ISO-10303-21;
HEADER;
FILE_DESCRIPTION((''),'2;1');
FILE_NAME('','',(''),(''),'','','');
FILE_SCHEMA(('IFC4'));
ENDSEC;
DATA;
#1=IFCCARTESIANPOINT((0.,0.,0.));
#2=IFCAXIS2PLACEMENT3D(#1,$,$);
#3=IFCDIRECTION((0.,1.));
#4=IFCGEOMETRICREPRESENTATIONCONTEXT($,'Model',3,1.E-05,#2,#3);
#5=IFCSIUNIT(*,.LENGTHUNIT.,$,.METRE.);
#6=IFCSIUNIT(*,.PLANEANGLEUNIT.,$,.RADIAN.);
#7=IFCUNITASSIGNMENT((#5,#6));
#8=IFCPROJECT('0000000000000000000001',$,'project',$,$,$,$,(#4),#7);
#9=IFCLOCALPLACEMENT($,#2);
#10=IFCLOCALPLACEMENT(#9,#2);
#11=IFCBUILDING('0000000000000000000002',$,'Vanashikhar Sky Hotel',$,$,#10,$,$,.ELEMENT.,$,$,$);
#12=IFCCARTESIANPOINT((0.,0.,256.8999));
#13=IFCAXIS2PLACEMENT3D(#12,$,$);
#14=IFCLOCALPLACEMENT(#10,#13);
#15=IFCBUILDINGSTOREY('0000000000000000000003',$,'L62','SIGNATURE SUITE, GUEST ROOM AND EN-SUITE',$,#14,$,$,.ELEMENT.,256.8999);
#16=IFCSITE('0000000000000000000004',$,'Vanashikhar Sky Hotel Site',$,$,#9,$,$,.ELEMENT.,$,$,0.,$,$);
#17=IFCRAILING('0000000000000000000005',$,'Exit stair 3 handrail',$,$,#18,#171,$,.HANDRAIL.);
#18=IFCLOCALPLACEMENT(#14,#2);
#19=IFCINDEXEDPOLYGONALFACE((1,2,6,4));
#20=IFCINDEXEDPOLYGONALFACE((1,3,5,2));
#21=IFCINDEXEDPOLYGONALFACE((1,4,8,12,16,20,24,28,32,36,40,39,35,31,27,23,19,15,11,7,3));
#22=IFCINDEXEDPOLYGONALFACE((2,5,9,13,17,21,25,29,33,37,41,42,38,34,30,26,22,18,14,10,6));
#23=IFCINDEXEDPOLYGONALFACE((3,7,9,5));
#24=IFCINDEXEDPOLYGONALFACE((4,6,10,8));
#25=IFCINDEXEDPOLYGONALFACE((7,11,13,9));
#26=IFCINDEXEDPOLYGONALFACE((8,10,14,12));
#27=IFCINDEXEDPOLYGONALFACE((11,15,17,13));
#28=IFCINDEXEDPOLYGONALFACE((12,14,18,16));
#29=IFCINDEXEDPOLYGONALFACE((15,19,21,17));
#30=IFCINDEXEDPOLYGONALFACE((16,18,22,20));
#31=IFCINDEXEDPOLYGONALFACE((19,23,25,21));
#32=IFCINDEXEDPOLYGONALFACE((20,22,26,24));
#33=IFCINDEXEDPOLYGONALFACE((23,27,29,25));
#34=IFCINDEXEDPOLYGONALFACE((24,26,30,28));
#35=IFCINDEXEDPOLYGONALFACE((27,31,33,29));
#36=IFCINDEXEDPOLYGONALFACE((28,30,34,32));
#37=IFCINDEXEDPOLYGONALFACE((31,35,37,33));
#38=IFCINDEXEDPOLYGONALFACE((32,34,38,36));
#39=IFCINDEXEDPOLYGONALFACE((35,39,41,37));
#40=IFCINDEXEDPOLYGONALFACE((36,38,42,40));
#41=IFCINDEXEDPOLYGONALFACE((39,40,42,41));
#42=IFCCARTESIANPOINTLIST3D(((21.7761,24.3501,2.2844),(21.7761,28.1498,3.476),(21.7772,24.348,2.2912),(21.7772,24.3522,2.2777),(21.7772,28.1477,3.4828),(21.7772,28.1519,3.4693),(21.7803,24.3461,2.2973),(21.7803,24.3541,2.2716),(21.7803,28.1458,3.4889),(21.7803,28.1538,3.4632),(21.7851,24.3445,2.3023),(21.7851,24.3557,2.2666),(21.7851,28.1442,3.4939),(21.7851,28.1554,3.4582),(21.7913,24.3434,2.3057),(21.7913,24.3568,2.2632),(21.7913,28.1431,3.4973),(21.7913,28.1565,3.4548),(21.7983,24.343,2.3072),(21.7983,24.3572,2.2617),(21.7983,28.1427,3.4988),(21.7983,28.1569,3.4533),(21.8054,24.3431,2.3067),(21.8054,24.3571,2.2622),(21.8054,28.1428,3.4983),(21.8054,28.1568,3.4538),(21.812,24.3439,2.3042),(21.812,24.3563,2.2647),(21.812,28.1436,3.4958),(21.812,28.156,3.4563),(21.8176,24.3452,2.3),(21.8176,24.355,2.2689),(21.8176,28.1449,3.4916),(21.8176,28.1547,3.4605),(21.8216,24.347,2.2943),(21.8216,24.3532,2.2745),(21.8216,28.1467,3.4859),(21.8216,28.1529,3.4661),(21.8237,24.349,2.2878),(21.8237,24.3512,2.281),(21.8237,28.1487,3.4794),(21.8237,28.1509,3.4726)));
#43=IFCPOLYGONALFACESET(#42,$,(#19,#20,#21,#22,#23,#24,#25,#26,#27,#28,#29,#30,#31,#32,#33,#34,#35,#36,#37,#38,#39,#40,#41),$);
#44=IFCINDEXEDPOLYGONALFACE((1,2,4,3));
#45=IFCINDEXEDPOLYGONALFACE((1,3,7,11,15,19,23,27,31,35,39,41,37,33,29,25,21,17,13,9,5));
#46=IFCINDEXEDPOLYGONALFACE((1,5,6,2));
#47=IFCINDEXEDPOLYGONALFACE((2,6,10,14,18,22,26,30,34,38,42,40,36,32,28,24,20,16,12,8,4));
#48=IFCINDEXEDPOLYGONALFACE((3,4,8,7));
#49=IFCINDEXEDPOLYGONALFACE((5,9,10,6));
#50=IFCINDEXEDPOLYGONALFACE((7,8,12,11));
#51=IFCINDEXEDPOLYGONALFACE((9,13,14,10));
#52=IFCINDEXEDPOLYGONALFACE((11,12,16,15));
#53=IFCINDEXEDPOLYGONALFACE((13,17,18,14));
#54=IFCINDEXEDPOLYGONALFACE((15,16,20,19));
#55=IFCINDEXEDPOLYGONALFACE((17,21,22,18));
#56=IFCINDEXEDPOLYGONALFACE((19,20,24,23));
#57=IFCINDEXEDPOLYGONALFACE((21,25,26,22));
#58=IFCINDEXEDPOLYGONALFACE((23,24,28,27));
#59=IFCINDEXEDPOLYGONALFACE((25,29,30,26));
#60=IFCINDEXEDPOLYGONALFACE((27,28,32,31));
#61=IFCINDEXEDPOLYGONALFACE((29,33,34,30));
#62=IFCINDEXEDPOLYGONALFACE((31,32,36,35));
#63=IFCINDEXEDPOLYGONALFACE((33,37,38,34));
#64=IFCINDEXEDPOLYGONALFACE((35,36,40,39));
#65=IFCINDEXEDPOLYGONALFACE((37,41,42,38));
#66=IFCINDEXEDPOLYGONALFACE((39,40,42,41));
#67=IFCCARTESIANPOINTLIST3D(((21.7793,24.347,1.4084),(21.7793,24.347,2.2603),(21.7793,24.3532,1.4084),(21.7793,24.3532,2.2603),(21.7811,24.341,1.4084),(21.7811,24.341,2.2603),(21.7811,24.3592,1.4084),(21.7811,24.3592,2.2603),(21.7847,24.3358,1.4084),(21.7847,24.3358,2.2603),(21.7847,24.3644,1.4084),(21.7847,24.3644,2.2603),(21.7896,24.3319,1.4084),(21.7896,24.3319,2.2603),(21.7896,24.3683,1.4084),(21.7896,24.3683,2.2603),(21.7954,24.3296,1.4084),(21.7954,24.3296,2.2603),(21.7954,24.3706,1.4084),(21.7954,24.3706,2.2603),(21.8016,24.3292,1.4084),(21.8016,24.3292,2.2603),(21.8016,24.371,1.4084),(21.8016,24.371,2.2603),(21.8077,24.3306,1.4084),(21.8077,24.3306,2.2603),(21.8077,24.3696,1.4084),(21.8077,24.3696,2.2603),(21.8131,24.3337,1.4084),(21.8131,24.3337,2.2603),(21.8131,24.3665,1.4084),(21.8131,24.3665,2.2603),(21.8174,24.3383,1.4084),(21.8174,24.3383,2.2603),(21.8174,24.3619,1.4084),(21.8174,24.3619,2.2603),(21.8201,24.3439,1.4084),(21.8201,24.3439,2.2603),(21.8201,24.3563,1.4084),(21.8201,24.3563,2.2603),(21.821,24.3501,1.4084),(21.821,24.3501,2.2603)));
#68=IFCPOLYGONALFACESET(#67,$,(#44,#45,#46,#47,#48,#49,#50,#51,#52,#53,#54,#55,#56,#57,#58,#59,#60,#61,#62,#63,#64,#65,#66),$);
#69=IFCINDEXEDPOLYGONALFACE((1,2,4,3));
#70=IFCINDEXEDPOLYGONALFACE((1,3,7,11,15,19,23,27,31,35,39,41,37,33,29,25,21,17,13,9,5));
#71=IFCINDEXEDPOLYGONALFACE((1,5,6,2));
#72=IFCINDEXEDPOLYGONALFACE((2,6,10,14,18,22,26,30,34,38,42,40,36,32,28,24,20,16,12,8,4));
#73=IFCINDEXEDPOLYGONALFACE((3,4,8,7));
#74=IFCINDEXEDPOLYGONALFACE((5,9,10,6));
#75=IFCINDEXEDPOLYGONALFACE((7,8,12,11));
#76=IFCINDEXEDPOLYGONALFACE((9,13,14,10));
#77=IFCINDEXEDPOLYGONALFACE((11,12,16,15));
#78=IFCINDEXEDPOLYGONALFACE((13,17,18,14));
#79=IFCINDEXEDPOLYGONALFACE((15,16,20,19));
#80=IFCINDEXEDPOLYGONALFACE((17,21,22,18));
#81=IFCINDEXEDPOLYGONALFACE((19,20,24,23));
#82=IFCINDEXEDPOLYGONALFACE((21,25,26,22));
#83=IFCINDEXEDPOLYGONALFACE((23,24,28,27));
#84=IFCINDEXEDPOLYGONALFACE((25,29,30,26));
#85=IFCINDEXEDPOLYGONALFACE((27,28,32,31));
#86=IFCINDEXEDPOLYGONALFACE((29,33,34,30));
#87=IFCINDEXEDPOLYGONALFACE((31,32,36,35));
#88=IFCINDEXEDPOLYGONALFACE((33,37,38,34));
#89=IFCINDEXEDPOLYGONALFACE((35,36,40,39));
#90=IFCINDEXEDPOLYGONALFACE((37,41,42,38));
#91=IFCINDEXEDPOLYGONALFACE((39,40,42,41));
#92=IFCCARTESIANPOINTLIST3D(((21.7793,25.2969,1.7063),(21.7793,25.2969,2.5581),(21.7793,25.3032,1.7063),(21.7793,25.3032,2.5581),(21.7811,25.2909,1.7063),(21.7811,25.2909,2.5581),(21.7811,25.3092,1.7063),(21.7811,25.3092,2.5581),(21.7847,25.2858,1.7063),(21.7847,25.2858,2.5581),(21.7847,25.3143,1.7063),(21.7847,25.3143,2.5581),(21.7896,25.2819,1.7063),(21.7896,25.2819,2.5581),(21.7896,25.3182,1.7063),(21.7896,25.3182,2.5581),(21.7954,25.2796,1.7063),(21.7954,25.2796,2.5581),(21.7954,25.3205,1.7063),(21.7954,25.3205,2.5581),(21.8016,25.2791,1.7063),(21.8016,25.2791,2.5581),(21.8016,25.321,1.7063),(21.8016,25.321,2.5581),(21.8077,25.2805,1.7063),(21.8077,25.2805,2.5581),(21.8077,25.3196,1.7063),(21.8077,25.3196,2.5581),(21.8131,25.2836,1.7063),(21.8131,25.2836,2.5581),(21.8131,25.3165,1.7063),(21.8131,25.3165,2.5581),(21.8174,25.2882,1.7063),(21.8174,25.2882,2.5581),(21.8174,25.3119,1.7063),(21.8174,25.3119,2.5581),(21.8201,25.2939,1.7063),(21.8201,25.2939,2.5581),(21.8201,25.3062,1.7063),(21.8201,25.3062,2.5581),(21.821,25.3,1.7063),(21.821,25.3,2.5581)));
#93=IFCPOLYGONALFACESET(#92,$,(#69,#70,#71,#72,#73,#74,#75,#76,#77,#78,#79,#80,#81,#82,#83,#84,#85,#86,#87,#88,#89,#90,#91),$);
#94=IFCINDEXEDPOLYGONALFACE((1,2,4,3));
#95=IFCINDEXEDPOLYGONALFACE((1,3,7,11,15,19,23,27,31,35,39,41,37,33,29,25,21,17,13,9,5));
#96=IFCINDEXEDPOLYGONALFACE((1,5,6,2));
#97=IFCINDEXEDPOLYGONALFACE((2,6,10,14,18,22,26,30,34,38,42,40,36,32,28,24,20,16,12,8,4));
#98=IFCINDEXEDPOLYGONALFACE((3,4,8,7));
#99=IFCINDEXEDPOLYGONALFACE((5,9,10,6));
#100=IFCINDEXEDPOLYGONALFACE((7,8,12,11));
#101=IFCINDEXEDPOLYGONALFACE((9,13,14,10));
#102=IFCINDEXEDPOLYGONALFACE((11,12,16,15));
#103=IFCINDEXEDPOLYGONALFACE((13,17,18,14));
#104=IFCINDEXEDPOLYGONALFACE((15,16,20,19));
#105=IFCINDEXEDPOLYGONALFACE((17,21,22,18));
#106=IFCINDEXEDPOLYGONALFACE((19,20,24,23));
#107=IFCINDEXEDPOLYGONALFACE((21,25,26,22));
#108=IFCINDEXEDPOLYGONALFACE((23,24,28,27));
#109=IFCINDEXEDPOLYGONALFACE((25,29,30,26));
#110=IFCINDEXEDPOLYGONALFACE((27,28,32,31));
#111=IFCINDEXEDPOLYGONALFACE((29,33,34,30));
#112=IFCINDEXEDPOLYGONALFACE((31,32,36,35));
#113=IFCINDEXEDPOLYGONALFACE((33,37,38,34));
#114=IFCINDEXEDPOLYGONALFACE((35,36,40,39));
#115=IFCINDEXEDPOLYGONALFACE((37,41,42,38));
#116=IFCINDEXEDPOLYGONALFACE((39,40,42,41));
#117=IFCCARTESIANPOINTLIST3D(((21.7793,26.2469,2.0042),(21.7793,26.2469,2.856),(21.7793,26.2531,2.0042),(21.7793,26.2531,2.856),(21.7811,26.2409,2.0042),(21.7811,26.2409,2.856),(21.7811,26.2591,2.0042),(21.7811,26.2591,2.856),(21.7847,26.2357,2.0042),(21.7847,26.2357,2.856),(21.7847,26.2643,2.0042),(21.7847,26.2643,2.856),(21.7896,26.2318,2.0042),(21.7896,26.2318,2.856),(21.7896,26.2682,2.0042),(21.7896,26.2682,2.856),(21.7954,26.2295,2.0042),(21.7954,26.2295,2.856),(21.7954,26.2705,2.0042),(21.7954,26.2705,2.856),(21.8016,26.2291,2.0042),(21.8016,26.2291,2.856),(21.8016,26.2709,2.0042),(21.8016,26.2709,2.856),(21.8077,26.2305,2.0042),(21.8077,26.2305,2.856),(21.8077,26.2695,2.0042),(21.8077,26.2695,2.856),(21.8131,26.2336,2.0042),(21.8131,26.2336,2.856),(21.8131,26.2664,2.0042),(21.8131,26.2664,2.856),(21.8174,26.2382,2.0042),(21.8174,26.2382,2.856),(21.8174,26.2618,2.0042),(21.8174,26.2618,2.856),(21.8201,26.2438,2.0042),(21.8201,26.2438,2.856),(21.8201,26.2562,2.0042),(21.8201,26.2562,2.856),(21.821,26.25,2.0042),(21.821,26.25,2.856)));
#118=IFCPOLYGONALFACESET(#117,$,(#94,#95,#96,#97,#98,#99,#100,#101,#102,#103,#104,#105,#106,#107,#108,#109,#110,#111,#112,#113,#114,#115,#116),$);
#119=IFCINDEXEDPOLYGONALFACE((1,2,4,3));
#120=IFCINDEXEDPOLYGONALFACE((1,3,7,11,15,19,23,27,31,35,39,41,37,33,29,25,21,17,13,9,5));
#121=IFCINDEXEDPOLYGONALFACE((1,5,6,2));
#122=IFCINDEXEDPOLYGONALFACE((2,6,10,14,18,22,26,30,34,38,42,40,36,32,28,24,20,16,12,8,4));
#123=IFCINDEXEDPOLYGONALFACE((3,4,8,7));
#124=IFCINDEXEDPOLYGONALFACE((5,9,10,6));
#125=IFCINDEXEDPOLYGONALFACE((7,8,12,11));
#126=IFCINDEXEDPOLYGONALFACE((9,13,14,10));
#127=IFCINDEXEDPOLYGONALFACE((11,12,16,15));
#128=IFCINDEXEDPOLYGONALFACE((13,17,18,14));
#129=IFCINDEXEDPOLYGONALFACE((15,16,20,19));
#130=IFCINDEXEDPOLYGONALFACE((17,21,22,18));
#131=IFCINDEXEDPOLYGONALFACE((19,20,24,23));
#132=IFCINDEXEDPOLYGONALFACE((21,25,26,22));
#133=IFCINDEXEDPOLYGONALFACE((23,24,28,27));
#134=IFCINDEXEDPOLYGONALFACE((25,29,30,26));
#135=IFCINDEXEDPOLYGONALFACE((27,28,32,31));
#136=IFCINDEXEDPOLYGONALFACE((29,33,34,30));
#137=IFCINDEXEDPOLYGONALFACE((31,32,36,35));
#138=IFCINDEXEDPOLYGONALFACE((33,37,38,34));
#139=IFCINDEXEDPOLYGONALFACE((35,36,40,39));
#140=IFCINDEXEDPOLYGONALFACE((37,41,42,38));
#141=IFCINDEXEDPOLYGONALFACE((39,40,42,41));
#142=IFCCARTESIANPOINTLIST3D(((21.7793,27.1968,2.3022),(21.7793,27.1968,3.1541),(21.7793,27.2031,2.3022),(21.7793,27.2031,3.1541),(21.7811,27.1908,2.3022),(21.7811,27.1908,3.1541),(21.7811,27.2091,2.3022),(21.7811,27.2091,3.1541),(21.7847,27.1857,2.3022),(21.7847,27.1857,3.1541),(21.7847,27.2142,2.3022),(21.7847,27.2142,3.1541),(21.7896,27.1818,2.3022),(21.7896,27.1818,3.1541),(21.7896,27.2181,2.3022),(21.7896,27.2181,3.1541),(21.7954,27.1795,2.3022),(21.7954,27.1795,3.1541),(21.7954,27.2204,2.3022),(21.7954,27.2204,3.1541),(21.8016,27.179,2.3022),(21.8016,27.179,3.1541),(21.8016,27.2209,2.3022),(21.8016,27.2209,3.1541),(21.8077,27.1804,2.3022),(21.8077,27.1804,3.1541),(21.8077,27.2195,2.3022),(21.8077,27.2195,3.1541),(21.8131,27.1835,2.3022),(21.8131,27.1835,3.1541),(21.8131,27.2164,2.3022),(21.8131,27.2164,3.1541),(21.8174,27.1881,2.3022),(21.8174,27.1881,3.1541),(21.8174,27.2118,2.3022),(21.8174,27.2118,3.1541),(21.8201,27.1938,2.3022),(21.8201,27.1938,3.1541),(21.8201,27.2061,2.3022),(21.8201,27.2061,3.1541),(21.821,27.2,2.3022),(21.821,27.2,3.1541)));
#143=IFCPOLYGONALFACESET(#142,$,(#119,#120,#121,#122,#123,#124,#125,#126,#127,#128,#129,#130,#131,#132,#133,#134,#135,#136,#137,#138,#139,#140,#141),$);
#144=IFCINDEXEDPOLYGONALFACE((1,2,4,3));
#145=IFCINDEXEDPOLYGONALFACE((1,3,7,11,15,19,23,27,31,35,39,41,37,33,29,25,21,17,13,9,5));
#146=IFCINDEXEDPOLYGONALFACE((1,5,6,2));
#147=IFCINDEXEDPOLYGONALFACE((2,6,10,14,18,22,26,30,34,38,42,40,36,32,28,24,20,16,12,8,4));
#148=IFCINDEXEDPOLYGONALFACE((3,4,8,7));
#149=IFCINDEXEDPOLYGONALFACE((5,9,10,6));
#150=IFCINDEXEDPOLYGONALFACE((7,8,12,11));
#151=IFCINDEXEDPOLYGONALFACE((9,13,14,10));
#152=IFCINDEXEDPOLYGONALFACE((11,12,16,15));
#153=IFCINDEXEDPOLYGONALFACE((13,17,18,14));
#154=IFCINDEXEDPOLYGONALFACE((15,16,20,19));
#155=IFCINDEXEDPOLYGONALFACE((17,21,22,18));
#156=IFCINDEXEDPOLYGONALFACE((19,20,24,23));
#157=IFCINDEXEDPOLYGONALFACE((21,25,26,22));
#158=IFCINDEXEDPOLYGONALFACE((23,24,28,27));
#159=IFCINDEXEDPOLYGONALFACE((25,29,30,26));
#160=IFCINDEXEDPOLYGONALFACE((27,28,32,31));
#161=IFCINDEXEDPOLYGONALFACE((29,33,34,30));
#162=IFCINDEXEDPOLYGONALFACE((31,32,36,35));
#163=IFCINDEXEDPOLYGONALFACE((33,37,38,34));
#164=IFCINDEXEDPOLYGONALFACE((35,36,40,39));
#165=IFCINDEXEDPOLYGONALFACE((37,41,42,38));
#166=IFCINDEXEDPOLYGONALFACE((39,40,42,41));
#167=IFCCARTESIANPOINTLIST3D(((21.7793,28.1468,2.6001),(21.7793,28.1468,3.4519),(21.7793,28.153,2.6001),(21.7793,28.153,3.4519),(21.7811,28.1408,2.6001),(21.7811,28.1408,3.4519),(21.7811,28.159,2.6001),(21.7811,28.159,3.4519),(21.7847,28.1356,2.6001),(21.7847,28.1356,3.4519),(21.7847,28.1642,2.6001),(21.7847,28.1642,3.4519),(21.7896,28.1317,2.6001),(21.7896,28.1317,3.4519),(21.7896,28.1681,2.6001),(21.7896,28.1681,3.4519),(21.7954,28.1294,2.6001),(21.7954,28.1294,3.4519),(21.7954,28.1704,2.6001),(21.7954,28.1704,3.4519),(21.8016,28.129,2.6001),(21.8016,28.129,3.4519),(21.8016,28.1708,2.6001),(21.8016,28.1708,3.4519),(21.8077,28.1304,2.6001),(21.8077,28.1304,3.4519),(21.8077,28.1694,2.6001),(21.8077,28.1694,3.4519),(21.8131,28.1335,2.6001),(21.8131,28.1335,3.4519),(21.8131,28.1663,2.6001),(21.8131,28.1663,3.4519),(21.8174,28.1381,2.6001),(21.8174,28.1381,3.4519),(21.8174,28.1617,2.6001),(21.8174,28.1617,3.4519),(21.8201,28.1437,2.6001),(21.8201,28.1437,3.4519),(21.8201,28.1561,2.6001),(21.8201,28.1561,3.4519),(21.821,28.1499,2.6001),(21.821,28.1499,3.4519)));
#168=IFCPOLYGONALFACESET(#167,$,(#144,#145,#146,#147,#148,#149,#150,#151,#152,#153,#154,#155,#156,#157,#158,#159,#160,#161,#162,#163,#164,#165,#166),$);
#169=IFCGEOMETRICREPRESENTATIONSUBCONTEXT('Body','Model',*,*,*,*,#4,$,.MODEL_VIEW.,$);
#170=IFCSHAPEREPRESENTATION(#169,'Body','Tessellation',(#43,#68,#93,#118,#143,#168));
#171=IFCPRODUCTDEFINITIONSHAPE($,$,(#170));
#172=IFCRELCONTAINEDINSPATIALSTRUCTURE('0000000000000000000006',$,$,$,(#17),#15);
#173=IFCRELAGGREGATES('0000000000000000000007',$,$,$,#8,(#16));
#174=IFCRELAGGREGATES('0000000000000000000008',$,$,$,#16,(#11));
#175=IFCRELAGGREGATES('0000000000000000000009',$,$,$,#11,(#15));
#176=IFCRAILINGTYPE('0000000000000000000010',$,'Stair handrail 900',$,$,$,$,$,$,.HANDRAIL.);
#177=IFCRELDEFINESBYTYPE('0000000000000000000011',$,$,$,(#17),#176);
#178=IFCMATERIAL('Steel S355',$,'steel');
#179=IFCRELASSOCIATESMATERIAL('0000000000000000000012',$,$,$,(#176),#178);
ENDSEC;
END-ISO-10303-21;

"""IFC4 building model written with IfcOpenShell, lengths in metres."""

from ifc_helpers import new_model, si_unit, direction, frame, origin, origin_2d, place, context, subcontext, project, spatial, circle, extrude, source, transform, mapped, material, type_object, element, save


model = new_model("IFC4")

# Units and contexts
model_context = context("Model", 3, precision=1e-05, world=origin(), true_north=direction((0.0, 1.0)))
body_context = subcontext(model_context, "Body", "Model", "MODEL_VIEW")
ifc_project = project(units=[si_unit("LENGTHUNIT", "METRE"), si_unit("PLANEANGLEUNIT", "RADIAN")], contexts=[model_context])

# Site, building, storey
site_placement = place(None, origin())
site = spatial("IfcSite", under=ifc_project, at=site_placement, Name="Vanashikhar Sky Hotel Site", CompositionType="ELEMENT", RefElevation=0.0)
building_placement = place(site_placement, origin())
building = spatial("IfcBuilding", under=site, at=building_placement, Name="Vanashikhar Sky Hotel", CompositionType="ELEMENT")
storey_placement = place(building_placement, frame((0.0, 0.0, 256.8999)))
storey = spatial("IfcBuildingStorey", under=building, at=storey_placement, Name="L62", Description="SIGNATURE SUITE, GUEST ROOM AND EN-SUITE", CompositionType="ELEMENT", Elevation=256.8999)

# Railing
ifc_material_1 = material(Name="Steel S355", Category="steel")
railing_type = type_object("IfcRailingType", Name="Stair handrail 900", PredefinedType="HANDRAIL", material=ifc_material_1)
shared_shape_1 = source(origin(), body_context, "Body", "SweptSolid", [
    extrude(circle(Radius=0.0239, at=origin_2d()), frame((0.0, 0.0, 0.876), z_axis=(0.0, 0.954178, 0.299238), x_axis=(-1.0, 0.0, 0.0)), (0.0, 0.0, 1.0), 3.9822),
    extrude(circle(Radius=0.021, at=origin_2d()), origin(), (0.0, 0.0, 1.0), 0.8518),
    extrude(circle(Radius=0.021, at=origin_2d()), frame((0.0, 0.95, 0.2979)), (0.0, 0.0, 1.0), 0.8518),
    extrude(circle(Radius=0.021, at=origin_2d()), frame((0.0, 1.8999, 0.5957)), (0.0, 0.0, 1.0), 0.8518),
    extrude(circle(Radius=0.021, at=origin_2d()), frame((0.0, 2.8499, 0.8938)), (0.0, 0.0, 1.0), 0.8518),
    extrude(circle(Radius=0.021, at=origin_2d()), frame((0.0, 3.7998, 1.1917)), (0.0, 0.0, 1.0), 0.8518),
])
railing_placement = place(storey_placement, frame((21.8, 24.3501, 1.4084)))
element("IfcRailing", 1, at=railing_placement, inside=storey, type_object=railing_type, Name="Exit stair 3 handrail", PredefinedType="HANDRAIL", context=body_context, shape_type="MappedRepresentation", body=[
    mapped(shared_shape_1, transform((0.0, 0.0, 0.0), scale=1.0)),
])

save(model, "model.ifc")
